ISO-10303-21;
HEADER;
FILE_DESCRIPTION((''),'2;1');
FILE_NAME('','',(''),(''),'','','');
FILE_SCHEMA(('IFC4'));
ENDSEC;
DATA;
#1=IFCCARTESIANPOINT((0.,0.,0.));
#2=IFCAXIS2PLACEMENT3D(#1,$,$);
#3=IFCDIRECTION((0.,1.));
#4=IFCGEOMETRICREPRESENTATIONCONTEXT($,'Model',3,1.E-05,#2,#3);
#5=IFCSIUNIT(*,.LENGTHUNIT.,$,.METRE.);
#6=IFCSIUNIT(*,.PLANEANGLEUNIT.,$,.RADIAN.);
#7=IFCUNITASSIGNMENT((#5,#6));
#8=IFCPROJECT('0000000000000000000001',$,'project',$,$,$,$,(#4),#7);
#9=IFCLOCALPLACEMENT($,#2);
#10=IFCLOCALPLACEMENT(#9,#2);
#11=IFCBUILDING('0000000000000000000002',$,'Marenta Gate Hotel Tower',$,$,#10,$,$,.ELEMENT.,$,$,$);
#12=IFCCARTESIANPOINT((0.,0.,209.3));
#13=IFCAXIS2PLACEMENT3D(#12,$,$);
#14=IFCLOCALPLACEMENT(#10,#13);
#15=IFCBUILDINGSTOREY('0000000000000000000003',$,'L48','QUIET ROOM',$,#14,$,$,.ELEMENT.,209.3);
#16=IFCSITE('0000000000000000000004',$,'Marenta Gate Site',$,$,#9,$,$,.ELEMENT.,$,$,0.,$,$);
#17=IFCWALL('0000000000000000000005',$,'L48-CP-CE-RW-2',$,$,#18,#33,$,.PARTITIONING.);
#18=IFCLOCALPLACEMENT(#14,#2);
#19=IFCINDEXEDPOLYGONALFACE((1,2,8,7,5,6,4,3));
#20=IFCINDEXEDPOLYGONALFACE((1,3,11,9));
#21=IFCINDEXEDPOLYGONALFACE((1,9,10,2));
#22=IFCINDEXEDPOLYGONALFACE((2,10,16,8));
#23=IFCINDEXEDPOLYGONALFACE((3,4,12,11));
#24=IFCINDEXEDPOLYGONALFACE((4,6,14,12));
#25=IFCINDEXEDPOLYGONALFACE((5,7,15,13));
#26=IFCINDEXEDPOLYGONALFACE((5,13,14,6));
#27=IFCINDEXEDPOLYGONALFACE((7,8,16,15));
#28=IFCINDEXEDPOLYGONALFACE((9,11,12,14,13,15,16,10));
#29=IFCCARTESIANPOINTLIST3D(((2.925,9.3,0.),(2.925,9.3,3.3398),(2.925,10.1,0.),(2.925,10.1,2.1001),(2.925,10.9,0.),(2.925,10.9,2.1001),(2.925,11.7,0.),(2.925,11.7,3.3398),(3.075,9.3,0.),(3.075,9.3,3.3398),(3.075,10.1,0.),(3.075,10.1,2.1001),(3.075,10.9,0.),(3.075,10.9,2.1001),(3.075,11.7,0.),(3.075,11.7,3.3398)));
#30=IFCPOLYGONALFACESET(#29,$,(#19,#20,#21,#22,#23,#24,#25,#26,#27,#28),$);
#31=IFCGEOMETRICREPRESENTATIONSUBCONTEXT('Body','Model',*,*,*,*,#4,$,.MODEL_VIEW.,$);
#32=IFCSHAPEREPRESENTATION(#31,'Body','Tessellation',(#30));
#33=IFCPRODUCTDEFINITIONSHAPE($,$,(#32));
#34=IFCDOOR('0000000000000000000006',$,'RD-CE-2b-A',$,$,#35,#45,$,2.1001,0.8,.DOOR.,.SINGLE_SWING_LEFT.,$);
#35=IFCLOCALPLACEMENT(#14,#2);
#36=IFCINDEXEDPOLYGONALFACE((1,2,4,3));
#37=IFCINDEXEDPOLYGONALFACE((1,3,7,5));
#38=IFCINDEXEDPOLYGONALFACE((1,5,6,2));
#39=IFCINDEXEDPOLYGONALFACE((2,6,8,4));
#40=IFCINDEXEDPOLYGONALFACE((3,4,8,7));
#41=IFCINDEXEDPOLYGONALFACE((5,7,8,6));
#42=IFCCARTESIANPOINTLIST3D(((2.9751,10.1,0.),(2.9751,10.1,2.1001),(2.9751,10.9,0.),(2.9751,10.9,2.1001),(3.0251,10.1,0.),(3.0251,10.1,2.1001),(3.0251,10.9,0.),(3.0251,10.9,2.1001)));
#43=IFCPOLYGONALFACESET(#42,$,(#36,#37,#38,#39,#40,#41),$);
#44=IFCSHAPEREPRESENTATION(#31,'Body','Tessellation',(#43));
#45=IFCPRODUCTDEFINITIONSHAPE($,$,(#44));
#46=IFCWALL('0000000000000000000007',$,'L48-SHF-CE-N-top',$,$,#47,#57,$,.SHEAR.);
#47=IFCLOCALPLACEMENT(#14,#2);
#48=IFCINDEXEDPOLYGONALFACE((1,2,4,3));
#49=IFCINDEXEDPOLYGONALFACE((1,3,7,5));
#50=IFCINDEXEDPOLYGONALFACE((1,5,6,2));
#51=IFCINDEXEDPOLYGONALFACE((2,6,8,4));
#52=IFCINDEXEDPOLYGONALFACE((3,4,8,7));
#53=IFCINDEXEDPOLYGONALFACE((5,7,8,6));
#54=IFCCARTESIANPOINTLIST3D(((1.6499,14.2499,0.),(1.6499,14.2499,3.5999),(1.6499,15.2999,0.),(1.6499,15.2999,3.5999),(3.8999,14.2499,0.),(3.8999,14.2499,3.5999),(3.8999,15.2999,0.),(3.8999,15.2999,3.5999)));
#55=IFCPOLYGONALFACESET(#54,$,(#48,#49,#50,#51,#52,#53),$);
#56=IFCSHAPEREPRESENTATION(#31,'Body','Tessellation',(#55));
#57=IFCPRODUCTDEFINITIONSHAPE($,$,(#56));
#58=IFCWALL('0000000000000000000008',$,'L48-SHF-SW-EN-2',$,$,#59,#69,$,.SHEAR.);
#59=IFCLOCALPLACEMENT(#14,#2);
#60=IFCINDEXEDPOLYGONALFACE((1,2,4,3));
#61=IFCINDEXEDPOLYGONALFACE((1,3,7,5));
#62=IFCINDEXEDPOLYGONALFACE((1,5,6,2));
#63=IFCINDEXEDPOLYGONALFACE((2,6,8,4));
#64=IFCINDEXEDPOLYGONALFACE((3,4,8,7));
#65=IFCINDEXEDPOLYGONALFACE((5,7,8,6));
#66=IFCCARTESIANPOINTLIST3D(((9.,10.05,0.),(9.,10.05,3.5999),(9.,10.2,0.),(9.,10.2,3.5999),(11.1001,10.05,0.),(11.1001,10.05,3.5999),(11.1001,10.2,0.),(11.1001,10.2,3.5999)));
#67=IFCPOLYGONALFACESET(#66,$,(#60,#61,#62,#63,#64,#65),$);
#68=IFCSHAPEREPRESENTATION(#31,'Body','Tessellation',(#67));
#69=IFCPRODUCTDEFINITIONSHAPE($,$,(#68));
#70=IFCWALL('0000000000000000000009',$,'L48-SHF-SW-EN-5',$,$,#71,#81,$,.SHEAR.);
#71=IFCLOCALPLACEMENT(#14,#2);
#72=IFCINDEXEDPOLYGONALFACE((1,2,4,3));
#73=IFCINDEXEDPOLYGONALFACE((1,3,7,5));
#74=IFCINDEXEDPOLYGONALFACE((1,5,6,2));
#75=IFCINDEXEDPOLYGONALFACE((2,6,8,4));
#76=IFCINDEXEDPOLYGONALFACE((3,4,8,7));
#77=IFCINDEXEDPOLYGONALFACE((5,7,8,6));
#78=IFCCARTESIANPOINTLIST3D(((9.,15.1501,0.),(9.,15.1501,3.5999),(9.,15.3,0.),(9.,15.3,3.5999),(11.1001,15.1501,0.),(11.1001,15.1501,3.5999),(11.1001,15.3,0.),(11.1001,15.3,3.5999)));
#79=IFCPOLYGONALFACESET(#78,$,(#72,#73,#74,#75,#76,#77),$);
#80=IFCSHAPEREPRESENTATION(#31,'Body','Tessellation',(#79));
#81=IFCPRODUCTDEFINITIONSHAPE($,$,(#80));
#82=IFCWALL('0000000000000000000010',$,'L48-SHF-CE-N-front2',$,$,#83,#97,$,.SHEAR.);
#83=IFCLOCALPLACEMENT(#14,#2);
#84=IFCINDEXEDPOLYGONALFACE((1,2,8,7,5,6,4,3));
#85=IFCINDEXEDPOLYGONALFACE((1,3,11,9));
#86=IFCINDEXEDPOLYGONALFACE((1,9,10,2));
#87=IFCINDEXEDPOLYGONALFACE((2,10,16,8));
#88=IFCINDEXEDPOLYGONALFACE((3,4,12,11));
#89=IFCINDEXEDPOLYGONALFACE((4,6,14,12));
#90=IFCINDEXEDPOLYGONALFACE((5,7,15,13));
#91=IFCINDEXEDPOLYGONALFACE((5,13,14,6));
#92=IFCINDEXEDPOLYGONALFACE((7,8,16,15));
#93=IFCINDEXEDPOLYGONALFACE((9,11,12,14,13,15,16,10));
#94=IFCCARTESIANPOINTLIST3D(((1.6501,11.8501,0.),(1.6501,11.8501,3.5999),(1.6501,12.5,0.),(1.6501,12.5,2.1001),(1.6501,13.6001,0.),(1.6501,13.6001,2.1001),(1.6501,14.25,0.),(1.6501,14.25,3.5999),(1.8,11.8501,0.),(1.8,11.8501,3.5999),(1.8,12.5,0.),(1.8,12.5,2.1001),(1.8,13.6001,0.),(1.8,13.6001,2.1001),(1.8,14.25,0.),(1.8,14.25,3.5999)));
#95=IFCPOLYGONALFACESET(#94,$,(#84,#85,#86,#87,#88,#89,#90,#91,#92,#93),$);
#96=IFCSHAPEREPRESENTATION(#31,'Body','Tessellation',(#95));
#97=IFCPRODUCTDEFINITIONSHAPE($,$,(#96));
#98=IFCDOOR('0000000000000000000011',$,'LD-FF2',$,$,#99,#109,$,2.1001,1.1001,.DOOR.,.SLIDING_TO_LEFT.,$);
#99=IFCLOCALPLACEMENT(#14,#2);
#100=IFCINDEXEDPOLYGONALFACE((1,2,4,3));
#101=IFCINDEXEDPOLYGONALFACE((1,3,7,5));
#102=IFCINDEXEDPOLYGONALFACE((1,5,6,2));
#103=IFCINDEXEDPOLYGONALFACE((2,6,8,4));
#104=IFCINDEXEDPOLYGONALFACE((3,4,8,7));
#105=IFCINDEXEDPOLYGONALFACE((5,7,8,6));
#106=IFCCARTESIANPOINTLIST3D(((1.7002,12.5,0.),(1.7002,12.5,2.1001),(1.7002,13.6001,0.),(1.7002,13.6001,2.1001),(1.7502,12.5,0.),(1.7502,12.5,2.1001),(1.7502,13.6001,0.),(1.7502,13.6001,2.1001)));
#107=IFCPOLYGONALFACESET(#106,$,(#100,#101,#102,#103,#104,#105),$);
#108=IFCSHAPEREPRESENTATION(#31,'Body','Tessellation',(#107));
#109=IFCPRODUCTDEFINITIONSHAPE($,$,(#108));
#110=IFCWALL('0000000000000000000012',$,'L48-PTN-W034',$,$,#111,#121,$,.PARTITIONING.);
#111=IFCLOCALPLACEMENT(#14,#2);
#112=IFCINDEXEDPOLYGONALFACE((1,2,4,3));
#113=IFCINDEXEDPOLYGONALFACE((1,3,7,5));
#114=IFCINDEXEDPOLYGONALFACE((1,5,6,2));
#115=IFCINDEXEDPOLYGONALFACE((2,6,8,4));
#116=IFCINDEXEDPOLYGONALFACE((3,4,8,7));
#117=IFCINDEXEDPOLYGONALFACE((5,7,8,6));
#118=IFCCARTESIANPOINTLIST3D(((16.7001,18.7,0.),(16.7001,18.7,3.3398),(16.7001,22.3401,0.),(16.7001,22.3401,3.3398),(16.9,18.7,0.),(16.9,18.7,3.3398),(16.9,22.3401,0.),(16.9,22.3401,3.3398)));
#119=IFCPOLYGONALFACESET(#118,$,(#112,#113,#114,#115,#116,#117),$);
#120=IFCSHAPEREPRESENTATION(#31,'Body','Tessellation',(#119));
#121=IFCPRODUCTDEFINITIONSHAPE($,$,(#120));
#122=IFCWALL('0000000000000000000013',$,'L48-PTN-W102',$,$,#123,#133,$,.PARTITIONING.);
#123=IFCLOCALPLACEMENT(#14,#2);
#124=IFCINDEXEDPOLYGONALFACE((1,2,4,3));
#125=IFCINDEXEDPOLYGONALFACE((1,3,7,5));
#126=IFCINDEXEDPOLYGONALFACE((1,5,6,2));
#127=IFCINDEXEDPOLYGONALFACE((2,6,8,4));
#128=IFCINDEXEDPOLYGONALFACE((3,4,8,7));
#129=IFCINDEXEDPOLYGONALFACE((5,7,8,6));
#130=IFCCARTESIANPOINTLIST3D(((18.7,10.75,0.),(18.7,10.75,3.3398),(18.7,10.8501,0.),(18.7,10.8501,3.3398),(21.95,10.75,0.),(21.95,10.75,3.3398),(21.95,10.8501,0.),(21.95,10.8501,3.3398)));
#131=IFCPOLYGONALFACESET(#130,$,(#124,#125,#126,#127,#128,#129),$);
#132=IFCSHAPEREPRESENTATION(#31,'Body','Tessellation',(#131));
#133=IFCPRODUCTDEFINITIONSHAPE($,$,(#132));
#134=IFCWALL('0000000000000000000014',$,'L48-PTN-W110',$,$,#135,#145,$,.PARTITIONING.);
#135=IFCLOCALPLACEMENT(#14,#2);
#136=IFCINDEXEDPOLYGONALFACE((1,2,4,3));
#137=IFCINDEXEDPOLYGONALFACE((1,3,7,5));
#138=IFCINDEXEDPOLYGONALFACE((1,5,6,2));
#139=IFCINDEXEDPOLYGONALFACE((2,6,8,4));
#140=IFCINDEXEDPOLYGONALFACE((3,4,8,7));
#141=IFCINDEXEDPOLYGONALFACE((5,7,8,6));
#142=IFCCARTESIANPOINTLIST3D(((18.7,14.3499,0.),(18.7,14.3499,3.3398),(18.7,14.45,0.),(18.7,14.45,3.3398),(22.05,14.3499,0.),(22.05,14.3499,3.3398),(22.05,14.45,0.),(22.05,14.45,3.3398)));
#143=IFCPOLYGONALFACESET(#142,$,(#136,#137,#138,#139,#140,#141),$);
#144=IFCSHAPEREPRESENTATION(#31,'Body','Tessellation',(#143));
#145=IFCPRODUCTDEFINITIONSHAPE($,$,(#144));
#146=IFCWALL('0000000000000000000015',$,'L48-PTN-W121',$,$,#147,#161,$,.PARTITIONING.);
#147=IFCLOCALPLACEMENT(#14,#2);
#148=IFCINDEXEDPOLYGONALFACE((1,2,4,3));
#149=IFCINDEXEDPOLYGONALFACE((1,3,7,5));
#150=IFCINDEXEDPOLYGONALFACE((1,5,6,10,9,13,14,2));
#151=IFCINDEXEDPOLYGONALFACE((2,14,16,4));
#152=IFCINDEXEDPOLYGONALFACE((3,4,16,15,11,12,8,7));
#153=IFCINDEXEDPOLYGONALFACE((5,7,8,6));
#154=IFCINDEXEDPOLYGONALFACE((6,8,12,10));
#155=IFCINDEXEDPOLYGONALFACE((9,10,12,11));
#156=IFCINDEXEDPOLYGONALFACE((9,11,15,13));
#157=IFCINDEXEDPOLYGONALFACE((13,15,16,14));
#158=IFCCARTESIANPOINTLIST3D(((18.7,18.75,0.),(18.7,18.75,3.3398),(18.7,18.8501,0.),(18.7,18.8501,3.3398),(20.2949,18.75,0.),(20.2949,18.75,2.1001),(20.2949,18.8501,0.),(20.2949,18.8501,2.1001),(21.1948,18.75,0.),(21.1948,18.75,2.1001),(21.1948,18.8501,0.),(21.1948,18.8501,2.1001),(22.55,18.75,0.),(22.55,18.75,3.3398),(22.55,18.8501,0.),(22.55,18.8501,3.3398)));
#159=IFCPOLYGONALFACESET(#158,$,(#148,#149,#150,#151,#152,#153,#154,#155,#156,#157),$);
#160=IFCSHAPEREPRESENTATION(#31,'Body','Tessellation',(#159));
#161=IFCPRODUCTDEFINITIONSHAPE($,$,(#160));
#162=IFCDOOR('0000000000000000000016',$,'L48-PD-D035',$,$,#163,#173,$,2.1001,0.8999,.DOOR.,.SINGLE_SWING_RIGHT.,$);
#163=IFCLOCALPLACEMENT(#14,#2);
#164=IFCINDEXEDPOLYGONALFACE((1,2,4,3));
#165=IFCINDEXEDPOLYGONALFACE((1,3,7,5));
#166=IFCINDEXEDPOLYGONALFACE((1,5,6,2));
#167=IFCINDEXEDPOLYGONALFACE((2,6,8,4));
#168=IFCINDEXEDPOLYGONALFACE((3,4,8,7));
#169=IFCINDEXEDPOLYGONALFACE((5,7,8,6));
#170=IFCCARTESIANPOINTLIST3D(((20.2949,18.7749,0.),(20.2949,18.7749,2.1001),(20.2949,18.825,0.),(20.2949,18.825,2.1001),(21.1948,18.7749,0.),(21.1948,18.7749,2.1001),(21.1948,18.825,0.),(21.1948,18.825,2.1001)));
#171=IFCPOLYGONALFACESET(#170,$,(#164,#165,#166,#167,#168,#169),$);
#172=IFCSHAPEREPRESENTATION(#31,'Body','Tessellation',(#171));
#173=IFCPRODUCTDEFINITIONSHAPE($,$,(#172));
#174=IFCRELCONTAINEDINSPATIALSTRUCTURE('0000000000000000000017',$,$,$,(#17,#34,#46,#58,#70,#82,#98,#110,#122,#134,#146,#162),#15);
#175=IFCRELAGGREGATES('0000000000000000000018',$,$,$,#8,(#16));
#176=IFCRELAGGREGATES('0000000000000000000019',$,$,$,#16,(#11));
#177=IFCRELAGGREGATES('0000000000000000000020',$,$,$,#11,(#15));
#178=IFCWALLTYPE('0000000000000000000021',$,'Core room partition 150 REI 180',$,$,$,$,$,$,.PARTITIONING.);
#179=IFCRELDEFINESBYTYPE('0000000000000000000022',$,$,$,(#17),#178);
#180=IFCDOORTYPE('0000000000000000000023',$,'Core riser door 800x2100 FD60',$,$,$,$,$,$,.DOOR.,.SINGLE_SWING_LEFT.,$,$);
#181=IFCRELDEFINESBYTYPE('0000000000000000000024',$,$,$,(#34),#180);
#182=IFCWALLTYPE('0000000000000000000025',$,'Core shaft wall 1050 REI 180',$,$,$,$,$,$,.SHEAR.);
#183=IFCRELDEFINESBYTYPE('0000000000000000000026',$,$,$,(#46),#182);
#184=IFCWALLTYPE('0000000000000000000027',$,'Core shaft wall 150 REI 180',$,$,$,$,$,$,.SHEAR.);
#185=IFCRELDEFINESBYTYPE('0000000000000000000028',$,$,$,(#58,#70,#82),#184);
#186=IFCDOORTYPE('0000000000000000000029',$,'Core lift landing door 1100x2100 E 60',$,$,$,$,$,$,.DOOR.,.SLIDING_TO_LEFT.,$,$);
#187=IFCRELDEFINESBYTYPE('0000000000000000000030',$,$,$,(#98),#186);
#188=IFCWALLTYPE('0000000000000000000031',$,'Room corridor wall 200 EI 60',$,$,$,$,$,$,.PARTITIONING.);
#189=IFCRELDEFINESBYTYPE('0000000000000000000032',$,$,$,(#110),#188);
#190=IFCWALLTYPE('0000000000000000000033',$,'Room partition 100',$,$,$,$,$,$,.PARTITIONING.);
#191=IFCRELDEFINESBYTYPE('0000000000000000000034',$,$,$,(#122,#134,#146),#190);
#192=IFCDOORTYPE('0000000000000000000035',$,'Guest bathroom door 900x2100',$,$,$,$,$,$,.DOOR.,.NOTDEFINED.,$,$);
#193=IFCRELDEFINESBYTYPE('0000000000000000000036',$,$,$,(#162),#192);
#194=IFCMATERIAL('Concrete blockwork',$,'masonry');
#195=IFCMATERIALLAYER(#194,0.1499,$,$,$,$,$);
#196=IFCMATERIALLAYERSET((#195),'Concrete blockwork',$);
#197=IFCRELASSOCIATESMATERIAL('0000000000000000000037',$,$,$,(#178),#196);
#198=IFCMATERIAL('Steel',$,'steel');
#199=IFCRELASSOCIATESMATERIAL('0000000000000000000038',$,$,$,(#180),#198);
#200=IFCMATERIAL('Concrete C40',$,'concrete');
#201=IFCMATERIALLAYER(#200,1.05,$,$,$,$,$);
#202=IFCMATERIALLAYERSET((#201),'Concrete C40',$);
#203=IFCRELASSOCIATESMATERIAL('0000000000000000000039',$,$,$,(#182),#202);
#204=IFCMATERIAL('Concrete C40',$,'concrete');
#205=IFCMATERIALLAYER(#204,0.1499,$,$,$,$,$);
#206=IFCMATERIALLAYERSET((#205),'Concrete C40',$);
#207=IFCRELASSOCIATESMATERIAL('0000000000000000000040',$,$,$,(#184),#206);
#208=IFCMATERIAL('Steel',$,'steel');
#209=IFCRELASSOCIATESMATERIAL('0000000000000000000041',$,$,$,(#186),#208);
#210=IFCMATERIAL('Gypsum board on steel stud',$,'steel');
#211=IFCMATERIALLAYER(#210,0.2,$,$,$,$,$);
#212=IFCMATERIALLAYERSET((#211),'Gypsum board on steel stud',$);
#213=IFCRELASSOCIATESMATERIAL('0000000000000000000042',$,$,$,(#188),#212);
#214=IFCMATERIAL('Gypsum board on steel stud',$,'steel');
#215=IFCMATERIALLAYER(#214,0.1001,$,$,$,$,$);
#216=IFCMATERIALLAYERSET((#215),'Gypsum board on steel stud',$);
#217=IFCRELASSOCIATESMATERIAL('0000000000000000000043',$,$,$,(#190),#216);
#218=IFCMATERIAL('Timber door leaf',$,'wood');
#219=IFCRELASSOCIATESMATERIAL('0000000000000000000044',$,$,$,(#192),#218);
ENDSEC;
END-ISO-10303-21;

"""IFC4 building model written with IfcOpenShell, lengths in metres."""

from ifc_helpers import new_model, si_unit, direction, frame, frame_2d, origin, place, context, subcontext, project, spatial, rectangle, extrude, material, layer, layer_set, type_object, element, fill, save


model = new_model("IFC4")

# Units and contexts
model_context = context("Model", 3, precision=1e-05, world=origin(), true_north=direction((0.0, 1.0)))
body_context = subcontext(model_context, "Body", "Model", "MODEL_VIEW")
ifc_project = project(units=[si_unit("LENGTHUNIT", "METRE"), si_unit("PLANEANGLEUNIT", "RADIAN")], contexts=[model_context])

# Site, building, storey
site_placement = place(None, origin())
site = spatial("IfcSite", under=ifc_project, at=site_placement, Name="Marenta Gate Site", CompositionType="ELEMENT", RefElevation=0.0)
building_placement = place(site_placement, origin())
building = spatial("IfcBuilding", under=site, at=building_placement, Name="Marenta Gate Hotel Tower", CompositionType="ELEMENT")
storey_placement = place(building_placement, frame((0.0, 0.0, 209.3)))
storey = spatial("IfcBuildingStorey", under=building, at=storey_placement, Name="L48", Description="QUIET ROOM", CompositionType="ELEMENT", Elevation=209.3)

# Shared definitions
ifc_material_1 = material(Name="Concrete blockwork", Category="masonry")
ifc_layer_1 = layer(ifc_material_1, 0.1499)
ifc_layer_set_1 = layer_set([ifc_layer_1], Name="Concrete blockwork")
wall_type_1 = type_object("IfcWallType", Name="Core room partition 150 REI 180", PredefinedType="PARTITIONING", material=ifc_layer_set_1)

# Wall, opening, door
wall_1_placement = place(storey_placement, frame((3.0, 9.3, 0.0), z_axis=(0.0, 0.0, 1.0), x_axis=(0.0, 1.0, 0.0)))
wall_1 = element("IfcWall", 1, at=wall_1_placement, inside=storey, type_object=wall_type_1, Name="L48-CP-CE-RW-2", PredefinedType="PARTITIONING", context=body_context, shape_type="SweptSolid", body=[
    extrude(rectangle(XDim=2.3999, YDim=0.1499, at=frame_2d((1.2, 0.0))), origin(), (0.0, 0.0, 1.0), 3.3398),
])
opening_1_placement = place(wall_1_placement, frame((0.8, 0.0, 0.0)))
opening_1 = element("IfcOpeningElement", 2, at=opening_1_placement, cuts=wall_1, PredefinedType="OPENING", context=body_context, shape_type="SweptSolid", body=[
    extrude(rectangle(XDim=0.8, YDim=2.1001, at=frame_2d((0.3999, 1.05))), frame((0.0, 0.075, 0.0), z_axis=(0.0, -1.0, 0.0), x_axis=(1.0, 0.0, 0.0)), (0.0, 0.0, 1.0), 0.1499),
])
ifc_material_2 = material(Name="Steel", Category="steel")
door_type_1 = type_object("IfcDoorType", Name="Core riser door 800x2100 FD60", OperationType="SINGLE_SWING_LEFT", PredefinedType="DOOR", material=ifc_material_2)
door_1_placement = place(opening_1_placement, origin())
door_1 = element("IfcDoor", 3, at=door_1_placement, inside=storey, type_object=door_type_1, Name="RD-CE-2b-A", OperationType="SINGLE_SWING_LEFT", OverallHeight=2.1001, OverallWidth=0.8, PredefinedType="DOOR", context=body_context, shape_type="SweptSolid", body=[
    extrude(rectangle(XDim=0.8, YDim=2.1001, at=frame_2d((0.3999, 1.05))), frame((0.0, 0.0249, 0.0), z_axis=(0.0, -1.0, 0.0), x_axis=(1.0, 0.0, 0.0)), (0.0, 0.0, 1.0), 0.05),
])
fill(opening_1, door_1)

# Walls
ifc_material_3 = material(Name="Concrete C40", Category="concrete")
ifc_layer_2 = layer(ifc_material_3, 1.05)
ifc_layer_set_2 = layer_set([ifc_layer_2], Name="Concrete C40")
wall_type_2 = type_object("IfcWallType", Name="Core shaft wall 1050 REI 180", PredefinedType="SHEAR", material=ifc_layer_set_2)
wall_2_placement = place(storey_placement, frame((1.6499, 14.7749, 0.0), z_axis=(0.0, 0.0, 1.0), x_axis=(1.0, 0.0, 0.0)))
element("IfcWall", 4, at=wall_2_placement, inside=storey, type_object=wall_type_2, Name="L48-SHF-CE-N-top", PredefinedType="SHEAR", context=body_context, shape_type="SweptSolid", body=[
    extrude(rectangle(XDim=2.25, YDim=1.05, at=frame_2d((1.125, 0.0))), origin(), (0.0, 0.0, 1.0), 3.5999),
])
ifc_material_4 = material(Name="Concrete C40", Category="concrete")
ifc_layer_3 = layer(ifc_material_4, 0.1499)
ifc_layer_set_3 = layer_set([ifc_layer_3], Name="Concrete C40")
wall_type_3 = type_object("IfcWallType", Name="Core shaft wall 150 REI 180", PredefinedType="SHEAR", material=ifc_layer_set_3)
for number, where, z_axis, x_axis, name in (
    (5, (9.0, 10.125, 0.0), (0.0, 0.0, 1.0), (1.0, 0.0, 0.0), "L48-SHF-SW-EN-2"),
    (6, (9.0, 15.2251, 0.0), (0.0, 0.0, 1.0), (1.0, 0.0, 0.0), "L48-SHF-SW-EN-5"),
):
    element("IfcWall", number, at=place(storey_placement, frame(where, z_axis=z_axis, x_axis=x_axis)), inside=storey, type_object=wall_type_3, Name=name, PredefinedType="SHEAR", context=body_context, shape_type="SweptSolid", body=[
        extrude(rectangle(XDim=2.1001, YDim=0.1499, at=frame_2d((1.05, 0.0))), origin(), (0.0, 0.0, 1.0), 3.5999),
    ])

# Wall, opening, door
wall_3_placement = place(storey_placement, frame((1.7251, 11.8501, 0.0), z_axis=(0.0, 0.0, 1.0), x_axis=(0.0, 1.0, 0.0)))
wall_3 = element("IfcWall", 7, at=wall_3_placement, inside=storey, type_object=wall_type_3, Name="L48-SHF-CE-N-front2", PredefinedType="SHEAR", context=body_context, shape_type="SweptSolid", body=[
    extrude(rectangle(XDim=2.3999, YDim=0.1499, at=frame_2d((1.2, 0.0))), origin(), (0.0, 0.0, 1.0), 3.5999),
])
opening_2_placement = place(wall_3_placement, frame((0.6499, 0.0, 0.0)))
opening_2 = element("IfcOpeningElement", 8, at=opening_2_placement, cuts=wall_3, PredefinedType="OPENING", context=body_context, shape_type="SweptSolid", body=[
    extrude(rectangle(XDim=1.1001, YDim=2.1001, at=frame_2d((0.55, 1.05))), frame((0.0, 0.075, 0.0), z_axis=(0.0, -1.0, 0.0), x_axis=(1.0, 0.0, 0.0)), (0.0, 0.0, 1.0), 0.1499),
])
ifc_material_5 = material(Name="Steel", Category="steel")
door_type_2 = type_object("IfcDoorType", Name="Core lift landing door 1100x2100 E 60", OperationType="SLIDING_TO_LEFT", PredefinedType="DOOR", material=ifc_material_5)
door_2_placement = place(opening_2_placement, origin())
door_2 = element("IfcDoor", 9, at=door_2_placement, inside=storey, type_object=door_type_2, Name="LD-FF2", OperationType="SLIDING_TO_LEFT", OverallHeight=2.1001, OverallWidth=1.1001, PredefinedType="DOOR", context=body_context, shape_type="SweptSolid", body=[
    extrude(rectangle(XDim=1.1001, YDim=2.1001, at=frame_2d((0.55, 1.05))), frame((0.0, 0.0249, 0.0), z_axis=(0.0, -1.0, 0.0), x_axis=(1.0, 0.0, 0.0)), (0.0, 0.0, 1.0), 0.05),
])
fill(opening_2, door_2)

# Walls
ifc_material_6 = material(Name="Gypsum board on steel stud", Category="steel")
ifc_layer_4 = layer(ifc_material_6, 0.2)
ifc_layer_set_4 = layer_set([ifc_layer_4], Name="Gypsum board on steel stud")
wall_type_4 = type_object("IfcWallType", Name="Room corridor wall 200 EI 60", PredefinedType="PARTITIONING", material=ifc_layer_set_4)
wall_4_placement = place(storey_placement, frame((16.8, 18.7, 0.0), z_axis=(0.0, 0.0, 1.0), x_axis=(0.0, 1.0, 0.0)))
element("IfcWall", 10, at=wall_4_placement, inside=storey, type_object=wall_type_4, Name="L48-PTN-W034", PredefinedType="PARTITIONING", context=body_context, shape_type="SweptSolid", body=[
    extrude(rectangle(XDim=3.6401, YDim=0.2, at=frame_2d((1.8201, 0.0))), origin(), (0.0, 0.0, 1.0), 3.3398),
])
ifc_material_7 = material(Name="Gypsum board on steel stud", Category="steel")
ifc_layer_5 = layer(ifc_material_7, 0.1001)
ifc_layer_set_5 = layer_set([ifc_layer_5], Name="Gypsum board on steel stud")
wall_type_5 = type_object("IfcWallType", Name="Room partition 100", PredefinedType="PARTITIONING", material=ifc_layer_set_5)
wall_5_placement = place(storey_placement, frame((18.7, 10.8, 0.0), z_axis=(0.0, 0.0, 1.0), x_axis=(1.0, 0.0, 0.0)))
element("IfcWall", 11, at=wall_5_placement, inside=storey, type_object=wall_type_5, Name="L48-PTN-W102", PredefinedType="PARTITIONING", context=body_context, shape_type="SweptSolid", body=[
    extrude(rectangle(XDim=3.25, YDim=0.1001, at=frame_2d((1.625, 0.0))), origin(), (0.0, 0.0, 1.0), 3.3398),
])
wall_6_placement = place(storey_placement, frame((18.7, 14.3999, 0.0), z_axis=(0.0, 0.0, 1.0), x_axis=(1.0, 0.0, 0.0)))
element("IfcWall", 12, at=wall_6_placement, inside=storey, type_object=wall_type_5, Name="L48-PTN-W110", PredefinedType="PARTITIONING", context=body_context, shape_type="SweptSolid", body=[
    extrude(rectangle(XDim=3.3501, YDim=0.1001, at=frame_2d((1.675, 0.0))), origin(), (0.0, 0.0, 1.0), 3.3398),
])

# Wall, opening, door
wall_7_placement = place(storey_placement, frame((18.7, 18.8, 0.0), z_axis=(0.0, 0.0, 1.0), x_axis=(1.0, 0.0, 0.0)))
wall_7 = element("IfcWall", 13, at=wall_7_placement, inside=storey, type_object=wall_type_5, Name="L48-PTN-W121", PredefinedType="PARTITIONING", context=body_context, shape_type="SweptSolid", body=[
    extrude(rectangle(XDim=3.8501, YDim=0.1001, at=frame_2d((1.925, 0.0))), origin(), (0.0, 0.0, 1.0), 3.3398),
])
opening_3_placement = place(wall_7_placement, frame((1.595, 0.0, 0.0)))
opening_3 = element("IfcOpeningElement", 14, at=opening_3_placement, cuts=wall_7, PredefinedType="OPENING", context=body_context, shape_type="SweptSolid", body=[
    extrude(rectangle(XDim=0.8999, YDim=2.1001, at=frame_2d((0.45, 1.05))), frame((0.0, 0.05, 0.0), z_axis=(0.0, -1.0, 0.0), x_axis=(1.0, 0.0, 0.0)), (0.0, 0.0, 1.0), 0.1001),
])
ifc_material_8 = material(Name="Timber door leaf", Category="wood")
door_type_3 = type_object("IfcDoorType", Name="Guest bathroom door 900x2100", OperationType="NOTDEFINED", PredefinedType="DOOR", material=ifc_material_8)
door_3_placement = place(opening_3_placement, origin())
door_3 = element("IfcDoor", 15, at=door_3_placement, inside=storey, type_object=door_type_3, Name="L48-PD-D035", OperationType="SINGLE_SWING_RIGHT", OverallHeight=2.1001, OverallWidth=0.8999, PredefinedType="DOOR", context=body_context, shape_type="SweptSolid", body=[
    extrude(rectangle(XDim=0.8999, YDim=2.1001, at=frame_2d((0.45, 1.05))), frame((0.0, 0.0249, 0.0), z_axis=(0.0, -1.0, 0.0), x_axis=(1.0, 0.0, 0.0)), (0.0, 0.0, 1.0), 0.05),
])
fill(opening_3, door_3)

save(model, "model.ifc")
